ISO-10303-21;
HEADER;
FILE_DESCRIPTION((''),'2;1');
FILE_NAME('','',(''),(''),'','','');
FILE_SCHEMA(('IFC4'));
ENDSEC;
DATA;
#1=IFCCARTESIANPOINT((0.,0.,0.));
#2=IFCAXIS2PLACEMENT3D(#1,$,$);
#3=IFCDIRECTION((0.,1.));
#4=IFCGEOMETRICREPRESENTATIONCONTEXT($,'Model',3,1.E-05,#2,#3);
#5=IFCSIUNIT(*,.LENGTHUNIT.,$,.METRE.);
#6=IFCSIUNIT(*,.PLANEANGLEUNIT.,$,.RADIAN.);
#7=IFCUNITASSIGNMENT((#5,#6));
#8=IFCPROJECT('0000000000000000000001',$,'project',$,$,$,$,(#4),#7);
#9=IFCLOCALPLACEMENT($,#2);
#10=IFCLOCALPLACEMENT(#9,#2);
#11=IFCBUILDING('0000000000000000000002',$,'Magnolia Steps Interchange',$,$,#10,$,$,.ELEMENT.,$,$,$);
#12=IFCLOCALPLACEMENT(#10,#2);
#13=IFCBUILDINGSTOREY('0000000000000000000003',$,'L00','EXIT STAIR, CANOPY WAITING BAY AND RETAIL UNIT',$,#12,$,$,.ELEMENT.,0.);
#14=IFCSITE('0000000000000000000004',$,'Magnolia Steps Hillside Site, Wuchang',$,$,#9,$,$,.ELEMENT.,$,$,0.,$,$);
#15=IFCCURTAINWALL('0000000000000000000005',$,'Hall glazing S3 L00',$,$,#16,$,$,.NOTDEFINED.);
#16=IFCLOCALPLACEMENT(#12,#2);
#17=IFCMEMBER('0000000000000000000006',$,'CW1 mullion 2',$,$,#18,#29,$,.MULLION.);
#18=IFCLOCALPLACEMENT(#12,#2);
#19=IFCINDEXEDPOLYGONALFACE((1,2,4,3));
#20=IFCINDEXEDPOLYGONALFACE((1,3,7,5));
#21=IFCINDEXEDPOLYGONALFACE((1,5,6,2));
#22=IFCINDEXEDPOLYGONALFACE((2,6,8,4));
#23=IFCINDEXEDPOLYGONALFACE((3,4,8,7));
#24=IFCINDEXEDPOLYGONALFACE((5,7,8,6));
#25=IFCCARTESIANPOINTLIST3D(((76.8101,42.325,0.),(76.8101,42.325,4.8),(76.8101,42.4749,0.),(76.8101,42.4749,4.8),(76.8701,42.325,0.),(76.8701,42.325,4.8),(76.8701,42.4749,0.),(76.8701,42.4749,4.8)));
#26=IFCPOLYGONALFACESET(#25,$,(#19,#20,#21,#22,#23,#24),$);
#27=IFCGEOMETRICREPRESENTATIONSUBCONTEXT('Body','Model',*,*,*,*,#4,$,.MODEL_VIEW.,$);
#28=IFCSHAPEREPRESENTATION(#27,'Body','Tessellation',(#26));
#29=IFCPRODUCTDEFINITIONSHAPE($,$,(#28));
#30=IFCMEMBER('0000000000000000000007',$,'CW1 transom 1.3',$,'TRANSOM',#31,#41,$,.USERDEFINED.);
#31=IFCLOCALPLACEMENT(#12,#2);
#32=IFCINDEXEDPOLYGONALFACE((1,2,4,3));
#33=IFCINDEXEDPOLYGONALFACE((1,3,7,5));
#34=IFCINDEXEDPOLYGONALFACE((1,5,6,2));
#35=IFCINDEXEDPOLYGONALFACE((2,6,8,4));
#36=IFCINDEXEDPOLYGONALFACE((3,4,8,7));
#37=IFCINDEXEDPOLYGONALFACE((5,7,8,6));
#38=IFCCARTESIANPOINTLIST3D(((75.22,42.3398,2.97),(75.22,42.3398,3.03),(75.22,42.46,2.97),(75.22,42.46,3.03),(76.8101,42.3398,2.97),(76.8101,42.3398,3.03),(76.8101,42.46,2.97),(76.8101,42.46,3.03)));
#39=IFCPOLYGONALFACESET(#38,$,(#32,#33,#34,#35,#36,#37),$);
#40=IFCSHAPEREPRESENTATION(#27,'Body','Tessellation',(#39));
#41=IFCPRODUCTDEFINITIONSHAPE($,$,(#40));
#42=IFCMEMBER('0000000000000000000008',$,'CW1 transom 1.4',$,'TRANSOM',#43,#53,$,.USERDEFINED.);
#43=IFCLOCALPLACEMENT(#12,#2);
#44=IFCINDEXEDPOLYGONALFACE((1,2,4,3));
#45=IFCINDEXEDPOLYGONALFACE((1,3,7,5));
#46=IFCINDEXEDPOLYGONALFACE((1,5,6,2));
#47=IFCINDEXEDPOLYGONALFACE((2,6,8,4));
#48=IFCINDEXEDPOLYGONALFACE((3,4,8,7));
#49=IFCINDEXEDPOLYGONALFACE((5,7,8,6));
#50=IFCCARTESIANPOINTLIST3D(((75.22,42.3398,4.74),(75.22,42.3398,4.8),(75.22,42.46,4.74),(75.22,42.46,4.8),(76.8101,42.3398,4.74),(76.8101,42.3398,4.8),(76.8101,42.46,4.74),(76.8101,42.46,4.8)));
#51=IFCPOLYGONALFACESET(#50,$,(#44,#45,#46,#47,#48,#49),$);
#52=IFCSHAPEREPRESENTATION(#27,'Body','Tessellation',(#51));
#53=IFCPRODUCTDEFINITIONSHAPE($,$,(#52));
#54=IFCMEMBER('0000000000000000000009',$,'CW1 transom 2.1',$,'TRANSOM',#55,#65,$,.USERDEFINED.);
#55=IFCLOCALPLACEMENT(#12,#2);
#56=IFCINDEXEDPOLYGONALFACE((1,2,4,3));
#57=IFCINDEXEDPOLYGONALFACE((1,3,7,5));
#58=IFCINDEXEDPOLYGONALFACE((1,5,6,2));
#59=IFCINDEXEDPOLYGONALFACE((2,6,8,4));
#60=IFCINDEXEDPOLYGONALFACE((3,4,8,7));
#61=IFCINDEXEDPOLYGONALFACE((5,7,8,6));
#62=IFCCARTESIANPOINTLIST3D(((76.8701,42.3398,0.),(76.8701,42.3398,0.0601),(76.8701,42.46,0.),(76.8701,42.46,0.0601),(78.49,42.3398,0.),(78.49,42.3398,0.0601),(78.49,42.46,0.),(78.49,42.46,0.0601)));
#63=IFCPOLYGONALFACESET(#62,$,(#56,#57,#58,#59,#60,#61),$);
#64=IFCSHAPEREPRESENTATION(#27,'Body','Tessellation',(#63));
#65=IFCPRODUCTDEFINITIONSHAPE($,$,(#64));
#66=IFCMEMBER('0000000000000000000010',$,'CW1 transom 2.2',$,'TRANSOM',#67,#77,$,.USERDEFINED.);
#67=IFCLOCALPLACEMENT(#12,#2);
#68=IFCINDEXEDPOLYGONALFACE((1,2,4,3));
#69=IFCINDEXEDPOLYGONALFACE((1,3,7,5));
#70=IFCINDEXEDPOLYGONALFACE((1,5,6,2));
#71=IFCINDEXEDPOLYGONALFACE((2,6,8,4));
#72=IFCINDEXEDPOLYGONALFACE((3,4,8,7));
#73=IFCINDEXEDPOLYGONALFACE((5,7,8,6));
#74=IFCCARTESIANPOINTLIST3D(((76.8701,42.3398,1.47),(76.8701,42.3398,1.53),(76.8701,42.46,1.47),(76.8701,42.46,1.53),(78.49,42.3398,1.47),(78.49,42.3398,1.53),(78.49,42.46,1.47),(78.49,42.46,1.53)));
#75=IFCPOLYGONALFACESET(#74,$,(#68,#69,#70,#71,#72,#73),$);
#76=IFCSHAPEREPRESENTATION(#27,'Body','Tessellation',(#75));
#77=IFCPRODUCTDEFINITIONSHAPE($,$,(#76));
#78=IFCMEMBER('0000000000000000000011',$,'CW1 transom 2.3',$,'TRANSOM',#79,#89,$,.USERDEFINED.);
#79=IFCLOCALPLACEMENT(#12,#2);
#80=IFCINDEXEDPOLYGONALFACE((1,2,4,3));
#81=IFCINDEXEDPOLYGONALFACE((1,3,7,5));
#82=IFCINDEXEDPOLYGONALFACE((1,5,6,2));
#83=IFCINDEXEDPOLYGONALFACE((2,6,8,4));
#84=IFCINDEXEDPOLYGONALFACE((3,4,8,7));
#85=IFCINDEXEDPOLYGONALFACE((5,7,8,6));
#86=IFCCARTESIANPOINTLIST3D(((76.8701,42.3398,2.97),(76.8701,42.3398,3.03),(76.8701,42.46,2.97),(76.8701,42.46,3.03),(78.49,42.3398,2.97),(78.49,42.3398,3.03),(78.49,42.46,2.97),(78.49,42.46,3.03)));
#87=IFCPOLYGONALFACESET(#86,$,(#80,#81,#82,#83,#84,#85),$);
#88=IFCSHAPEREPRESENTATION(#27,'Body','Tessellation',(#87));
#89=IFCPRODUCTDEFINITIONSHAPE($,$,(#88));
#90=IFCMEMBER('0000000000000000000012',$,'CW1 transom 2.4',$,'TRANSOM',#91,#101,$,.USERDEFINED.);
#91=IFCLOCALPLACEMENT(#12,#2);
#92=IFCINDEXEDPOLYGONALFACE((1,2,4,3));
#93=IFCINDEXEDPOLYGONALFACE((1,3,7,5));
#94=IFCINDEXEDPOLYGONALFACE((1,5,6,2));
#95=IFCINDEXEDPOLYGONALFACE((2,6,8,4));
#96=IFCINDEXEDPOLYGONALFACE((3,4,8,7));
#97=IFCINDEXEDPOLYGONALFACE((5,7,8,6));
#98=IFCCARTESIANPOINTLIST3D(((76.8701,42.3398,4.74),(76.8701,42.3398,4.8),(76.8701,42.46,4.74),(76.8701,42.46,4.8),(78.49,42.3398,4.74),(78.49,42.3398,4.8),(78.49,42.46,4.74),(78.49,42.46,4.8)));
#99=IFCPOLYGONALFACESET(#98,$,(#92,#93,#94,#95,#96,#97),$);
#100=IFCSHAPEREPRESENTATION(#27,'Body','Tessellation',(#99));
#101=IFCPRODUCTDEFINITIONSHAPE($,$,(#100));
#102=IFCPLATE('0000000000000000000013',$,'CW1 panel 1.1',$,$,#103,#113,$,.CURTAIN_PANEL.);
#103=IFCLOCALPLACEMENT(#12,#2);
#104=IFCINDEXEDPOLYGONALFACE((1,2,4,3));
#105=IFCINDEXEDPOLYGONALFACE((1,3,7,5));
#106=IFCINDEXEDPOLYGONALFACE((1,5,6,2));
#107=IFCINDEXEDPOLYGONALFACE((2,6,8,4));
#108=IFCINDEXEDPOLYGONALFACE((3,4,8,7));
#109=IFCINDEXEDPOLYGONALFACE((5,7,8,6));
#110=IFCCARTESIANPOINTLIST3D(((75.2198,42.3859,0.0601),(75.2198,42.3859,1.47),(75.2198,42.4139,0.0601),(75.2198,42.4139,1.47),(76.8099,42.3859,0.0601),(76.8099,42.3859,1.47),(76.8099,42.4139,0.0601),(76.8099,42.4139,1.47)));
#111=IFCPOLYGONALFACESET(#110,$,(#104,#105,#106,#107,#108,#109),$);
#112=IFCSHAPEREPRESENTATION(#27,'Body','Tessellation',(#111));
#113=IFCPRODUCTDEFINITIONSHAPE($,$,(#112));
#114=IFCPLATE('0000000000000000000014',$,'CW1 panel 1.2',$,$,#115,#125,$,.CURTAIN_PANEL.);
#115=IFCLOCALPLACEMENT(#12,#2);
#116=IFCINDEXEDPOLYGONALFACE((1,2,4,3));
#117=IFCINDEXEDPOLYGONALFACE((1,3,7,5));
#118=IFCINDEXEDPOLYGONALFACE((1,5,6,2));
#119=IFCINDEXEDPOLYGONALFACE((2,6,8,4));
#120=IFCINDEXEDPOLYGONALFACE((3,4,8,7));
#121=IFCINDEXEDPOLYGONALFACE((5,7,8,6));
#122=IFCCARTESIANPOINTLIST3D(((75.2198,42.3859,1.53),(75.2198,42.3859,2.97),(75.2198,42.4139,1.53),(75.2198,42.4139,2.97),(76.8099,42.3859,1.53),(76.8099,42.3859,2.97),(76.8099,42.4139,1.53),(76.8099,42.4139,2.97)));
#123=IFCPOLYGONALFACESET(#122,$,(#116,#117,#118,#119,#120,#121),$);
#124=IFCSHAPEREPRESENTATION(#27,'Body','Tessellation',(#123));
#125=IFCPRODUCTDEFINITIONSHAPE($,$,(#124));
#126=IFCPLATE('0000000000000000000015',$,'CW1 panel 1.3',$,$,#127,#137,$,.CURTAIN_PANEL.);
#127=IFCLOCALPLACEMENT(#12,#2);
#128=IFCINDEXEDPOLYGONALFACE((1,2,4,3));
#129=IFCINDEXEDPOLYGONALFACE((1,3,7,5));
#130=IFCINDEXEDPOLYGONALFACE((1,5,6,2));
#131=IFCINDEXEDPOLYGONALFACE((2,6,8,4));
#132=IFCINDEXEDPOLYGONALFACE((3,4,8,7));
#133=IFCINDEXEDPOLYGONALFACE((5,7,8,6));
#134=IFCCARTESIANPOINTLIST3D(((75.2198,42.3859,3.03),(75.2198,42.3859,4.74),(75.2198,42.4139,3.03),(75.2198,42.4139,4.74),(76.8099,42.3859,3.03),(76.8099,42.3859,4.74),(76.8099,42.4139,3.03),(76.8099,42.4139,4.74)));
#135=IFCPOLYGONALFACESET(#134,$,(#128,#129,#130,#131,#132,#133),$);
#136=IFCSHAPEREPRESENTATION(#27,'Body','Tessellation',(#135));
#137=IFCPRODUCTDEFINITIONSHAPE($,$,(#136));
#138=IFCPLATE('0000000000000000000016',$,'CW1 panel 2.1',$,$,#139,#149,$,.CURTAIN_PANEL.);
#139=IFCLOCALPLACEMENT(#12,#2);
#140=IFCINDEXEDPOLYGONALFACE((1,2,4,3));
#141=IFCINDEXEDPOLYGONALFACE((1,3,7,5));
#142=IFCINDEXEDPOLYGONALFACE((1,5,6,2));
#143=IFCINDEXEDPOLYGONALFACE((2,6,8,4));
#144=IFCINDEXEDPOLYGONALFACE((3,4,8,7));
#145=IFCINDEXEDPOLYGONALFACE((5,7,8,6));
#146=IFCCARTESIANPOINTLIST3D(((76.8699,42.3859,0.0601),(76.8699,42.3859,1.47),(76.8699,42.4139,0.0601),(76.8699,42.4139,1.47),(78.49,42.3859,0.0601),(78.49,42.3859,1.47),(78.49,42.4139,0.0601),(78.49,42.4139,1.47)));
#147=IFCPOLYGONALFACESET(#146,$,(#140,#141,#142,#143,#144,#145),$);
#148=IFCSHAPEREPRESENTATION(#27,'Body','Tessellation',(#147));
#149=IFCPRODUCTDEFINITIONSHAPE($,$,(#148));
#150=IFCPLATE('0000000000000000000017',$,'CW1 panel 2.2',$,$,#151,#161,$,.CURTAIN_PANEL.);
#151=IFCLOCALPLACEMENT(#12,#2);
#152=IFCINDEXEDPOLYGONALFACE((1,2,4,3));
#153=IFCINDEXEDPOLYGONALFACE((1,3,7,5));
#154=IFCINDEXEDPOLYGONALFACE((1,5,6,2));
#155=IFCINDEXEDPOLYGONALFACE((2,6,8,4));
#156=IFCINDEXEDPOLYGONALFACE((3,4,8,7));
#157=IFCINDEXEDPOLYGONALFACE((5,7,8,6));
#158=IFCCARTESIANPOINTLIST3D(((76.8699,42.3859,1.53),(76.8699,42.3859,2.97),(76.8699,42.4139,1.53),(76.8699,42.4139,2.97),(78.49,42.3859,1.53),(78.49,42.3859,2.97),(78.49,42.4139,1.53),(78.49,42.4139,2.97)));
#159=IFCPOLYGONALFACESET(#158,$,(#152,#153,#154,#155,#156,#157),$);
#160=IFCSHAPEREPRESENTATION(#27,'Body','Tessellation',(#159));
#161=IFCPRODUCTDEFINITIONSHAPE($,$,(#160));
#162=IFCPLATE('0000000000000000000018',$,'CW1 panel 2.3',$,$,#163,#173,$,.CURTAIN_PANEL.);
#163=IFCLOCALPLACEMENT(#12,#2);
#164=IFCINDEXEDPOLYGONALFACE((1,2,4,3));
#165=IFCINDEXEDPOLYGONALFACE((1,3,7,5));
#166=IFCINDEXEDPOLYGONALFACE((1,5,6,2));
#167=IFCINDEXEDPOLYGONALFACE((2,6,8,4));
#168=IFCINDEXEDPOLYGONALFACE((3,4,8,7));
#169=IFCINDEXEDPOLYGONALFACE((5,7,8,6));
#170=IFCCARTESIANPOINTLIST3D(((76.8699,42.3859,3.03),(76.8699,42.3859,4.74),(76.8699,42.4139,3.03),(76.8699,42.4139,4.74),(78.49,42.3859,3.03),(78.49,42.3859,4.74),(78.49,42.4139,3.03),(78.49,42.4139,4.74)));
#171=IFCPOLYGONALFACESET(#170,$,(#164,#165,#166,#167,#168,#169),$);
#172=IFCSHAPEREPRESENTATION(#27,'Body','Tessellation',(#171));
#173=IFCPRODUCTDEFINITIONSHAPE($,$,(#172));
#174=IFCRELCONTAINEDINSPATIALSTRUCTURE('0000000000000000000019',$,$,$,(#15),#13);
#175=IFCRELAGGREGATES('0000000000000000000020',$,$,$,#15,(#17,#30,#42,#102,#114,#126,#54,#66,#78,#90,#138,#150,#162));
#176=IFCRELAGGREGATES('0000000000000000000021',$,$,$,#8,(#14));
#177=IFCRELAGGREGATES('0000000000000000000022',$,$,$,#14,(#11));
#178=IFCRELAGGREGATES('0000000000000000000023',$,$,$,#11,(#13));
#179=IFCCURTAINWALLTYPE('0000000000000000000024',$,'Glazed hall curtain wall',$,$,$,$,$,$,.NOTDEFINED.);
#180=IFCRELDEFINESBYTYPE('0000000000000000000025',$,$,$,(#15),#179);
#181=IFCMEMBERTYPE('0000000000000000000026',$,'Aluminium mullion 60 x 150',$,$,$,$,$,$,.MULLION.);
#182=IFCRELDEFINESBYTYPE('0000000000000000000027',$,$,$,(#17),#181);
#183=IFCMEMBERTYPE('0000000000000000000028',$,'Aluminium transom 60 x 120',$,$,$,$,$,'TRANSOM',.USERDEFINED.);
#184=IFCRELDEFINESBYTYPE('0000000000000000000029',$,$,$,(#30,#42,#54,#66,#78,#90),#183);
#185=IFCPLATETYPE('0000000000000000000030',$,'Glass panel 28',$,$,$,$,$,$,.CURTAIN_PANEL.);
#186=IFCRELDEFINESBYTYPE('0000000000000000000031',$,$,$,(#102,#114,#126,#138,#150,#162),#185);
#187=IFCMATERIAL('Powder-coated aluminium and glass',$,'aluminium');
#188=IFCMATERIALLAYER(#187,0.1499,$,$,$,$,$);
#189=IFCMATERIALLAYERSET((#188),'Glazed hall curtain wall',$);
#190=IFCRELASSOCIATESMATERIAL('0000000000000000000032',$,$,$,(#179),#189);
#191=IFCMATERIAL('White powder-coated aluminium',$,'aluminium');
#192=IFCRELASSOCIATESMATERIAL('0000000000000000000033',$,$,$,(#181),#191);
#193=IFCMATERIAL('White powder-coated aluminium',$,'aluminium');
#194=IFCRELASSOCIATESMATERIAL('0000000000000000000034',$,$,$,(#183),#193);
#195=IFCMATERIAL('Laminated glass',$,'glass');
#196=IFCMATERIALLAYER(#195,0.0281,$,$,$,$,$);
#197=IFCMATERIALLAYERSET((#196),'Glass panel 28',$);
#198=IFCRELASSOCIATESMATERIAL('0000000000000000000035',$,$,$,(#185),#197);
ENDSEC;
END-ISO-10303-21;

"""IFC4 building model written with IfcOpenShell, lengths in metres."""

from ifc_helpers import new_model, si_unit, direction, frame, origin, origin_2d, place, context, subcontext, project, spatial, rectangle, extrude, material, layer, layer_set, material_profile, profile_set, type_object, element, aggregate, save


model = new_model("IFC4")

# Units and contexts
model_context = context("Model", 3, precision=1e-05, world=origin(), true_north=direction((0.0, 1.0)))
body_context = subcontext(model_context, "Body", "Model", "MODEL_VIEW")
ifc_project = project(units=[si_unit("LENGTHUNIT", "METRE"), si_unit("PLANEANGLEUNIT", "RADIAN")], contexts=[model_context])

# Site, building, storey
site_placement = place(None, origin())
site = spatial("IfcSite", under=ifc_project, at=site_placement, Name="Magnolia Steps Hillside Site, Wuchang", CompositionType="ELEMENT", RefElevation=0.0)
building_placement = place(site_placement, origin())
building = spatial("IfcBuilding", under=site, at=building_placement, Name="Magnolia Steps Interchange", CompositionType="ELEMENT")
storey_placement = place(building_placement, origin())
storey = spatial("IfcBuildingStorey", under=building, at=storey_placement, Name="L00", Description="EXIT STAIR, CANOPY WAITING BAY AND RETAIL UNIT", CompositionType="ELEMENT", Elevation=0.0)

# Curtain wall, members, plates
ifc_material_1 = material(Name="Powder-coated aluminium and glass", Category="aluminium")
ifc_layer_1 = layer(ifc_material_1, 0.1499)
ifc_layer_set_1 = layer_set([ifc_layer_1], Name="Glazed hall curtain wall")
curtain_wall_type = type_object("IfcCurtainWallType", Name="Glazed hall curtain wall", PredefinedType="NOTDEFINED", material=ifc_layer_set_1)
curtain_wall_placement = place(storey_placement, origin())
curtain_wall = element("IfcCurtainWall", 1, at=curtain_wall_placement, inside=storey, type_object=curtain_wall_type, Name="Hall glazing S3 L00", PredefinedType="NOTDEFINED")
ifc_material_2 = material(Name="White powder-coated aluminium", Category="aluminium")
ifc_material_profile_1 = material_profile(ifc_material_2, rectangle(XDim=0.0601, YDim=0.1499, at=origin_2d()), Name="Aluminium mullion 60 x 150")
ifc_profile_set_1 = profile_set([ifc_material_profile_1], Name="White powder-coated aluminium")
member_type_1 = type_object("IfcMemberType", Name="Aluminium mullion 60 x 150", PredefinedType="MULLION", material=ifc_profile_set_1)
member_1_placement = place(storey_placement, frame((76.8401, 42.3999, 0.0), z_axis=(0.0, 0.0, 1.0), x_axis=(1.0, 0.0, 0.0)))
member_1 = element("IfcMember", 2, at=member_1_placement, type_object=member_type_1, Name="CW1 mullion 2", PredefinedType="MULLION", context=body_context, shape_type="SweptSolid", body=[
    extrude(rectangle(XDim=0.0601, YDim=0.1499, at=origin_2d()), origin(), (0.0, 0.0, 1.0), 4.8),
])
ifc_material_3 = material(Name="White powder-coated aluminium", Category="aluminium")
ifc_material_profile_2 = material_profile(ifc_material_3, rectangle(XDim=0.0601, YDim=0.1201, at=origin_2d()), Name="Aluminium transom 60 x 120")
ifc_profile_set_2 = profile_set([ifc_material_profile_2], Name="White powder-coated aluminium")
member_type_2 = type_object("IfcMemberType", Name="Aluminium transom 60 x 120", ElementType="TRANSOM", PredefinedType="USERDEFINED", material=ifc_profile_set_2)
member_2_placement = place(storey_placement, frame((75.22, 42.3999, 3.0), z_axis=(1.0, 0.0, 0.0), x_axis=(0.0, 0.0, 1.0)))
member_2 = element("IfcMember", 3, at=member_2_placement, type_object=member_type_2, Name="CW1 transom 1.3", ObjectType="TRANSOM", PredefinedType="USERDEFINED", context=body_context, shape_type="SweptSolid", body=[
    extrude(rectangle(XDim=0.0601, YDim=0.1201, at=origin_2d()), origin(), (0.0, 0.0, 1.0), 1.5901),
])
member_3_placement = place(storey_placement, frame((75.22, 42.3999, 4.77), z_axis=(1.0, 0.0, 0.0), x_axis=(0.0, 0.0, 1.0)))
member_3 = element("IfcMember", 4, at=member_3_placement, type_object=member_type_2, Name="CW1 transom 1.4", ObjectType="TRANSOM", PredefinedType="USERDEFINED", context=body_context, shape_type="SweptSolid", body=[
    extrude(rectangle(XDim=0.0601, YDim=0.1201, at=origin_2d()), origin(), (0.0, 0.0, 1.0), 1.5901),
])
member_4_placement = place(storey_placement, frame((76.8701, 42.3999, 0.03), z_axis=(1.0, 0.0, 0.0), x_axis=(0.0, 0.0, 1.0)))
member_4 = element("IfcMember", 5, at=member_4_placement, type_object=member_type_2, Name="CW1 transom 2.1", ObjectType="TRANSOM", PredefinedType="USERDEFINED", context=body_context, shape_type="SweptSolid", body=[
    extrude(rectangle(XDim=0.0601, YDim=0.1201, at=origin_2d()), origin(), (0.0, 0.0, 1.0), 1.6199),
])
member_5_placement = place(storey_placement, frame((76.8701, 42.3999, 1.5), z_axis=(1.0, 0.0, 0.0), x_axis=(0.0, 0.0, 1.0)))
member_5 = element("IfcMember", 6, at=member_5_placement, type_object=member_type_2, Name="CW1 transom 2.2", ObjectType="TRANSOM", PredefinedType="USERDEFINED", context=body_context, shape_type="SweptSolid", body=[
    extrude(rectangle(XDim=0.0601, YDim=0.1201, at=origin_2d()), origin(), (0.0, 0.0, 1.0), 1.6199),
])
member_6_placement = place(storey_placement, frame((76.8701, 42.3999, 3.0), z_axis=(1.0, 0.0, 0.0), x_axis=(0.0, 0.0, 1.0)))
member_6 = element("IfcMember", 7, at=member_6_placement, type_object=member_type_2, Name="CW1 transom 2.3", ObjectType="TRANSOM", PredefinedType="USERDEFINED", context=body_context, shape_type="SweptSolid", body=[
    extrude(rectangle(XDim=0.0601, YDim=0.1201, at=origin_2d()), origin(), (0.0, 0.0, 1.0), 1.6199),
])
member_7_placement = place(storey_placement, frame((76.8701, 42.3999, 4.77), z_axis=(1.0, 0.0, 0.0), x_axis=(0.0, 0.0, 1.0)))
member_7 = element("IfcMember", 8, at=member_7_placement, type_object=member_type_2, Name="CW1 transom 2.4", ObjectType="TRANSOM", PredefinedType="USERDEFINED", context=body_context, shape_type="SweptSolid", body=[
    extrude(rectangle(XDim=0.0601, YDim=0.1201, at=origin_2d()), origin(), (0.0, 0.0, 1.0), 1.6199),
])
ifc_material_4 = material(Name="Laminated glass", Category="glass")
ifc_layer_2 = layer(ifc_material_4, 0.0281)
ifc_layer_set_2 = layer_set([ifc_layer_2], Name="Glass panel 28")
plate_type = type_object("IfcPlateType", Name="Glass panel 28", PredefinedType="CURTAIN_PANEL", material=ifc_layer_set_2)
plate_1_placement = place(storey_placement, frame((76.0149, 42.3999, 0.0601), z_axis=(0.0, 0.0, 1.0), x_axis=(1.0, 0.0, 0.0)))
plate_1 = element("IfcPlate", 9, at=plate_1_placement, type_object=plate_type, Name="CW1 panel 1.1", PredefinedType="CURTAIN_PANEL", context=body_context, shape_type="SweptSolid", body=[
    extrude(rectangle(XDim=1.5901, YDim=0.0281, at=origin_2d()), origin(), (0.0, 0.0, 1.0), 1.4099),
])
plate_2_placement = place(storey_placement, frame((76.0149, 42.3999, 1.53), z_axis=(0.0, 0.0, 1.0), x_axis=(1.0, 0.0, 0.0)))
plate_2 = element("IfcPlate", 10, at=plate_2_placement, type_object=plate_type, Name="CW1 panel 1.2", PredefinedType="CURTAIN_PANEL", context=body_context, shape_type="SweptSolid", body=[
    extrude(rectangle(XDim=1.5901, YDim=0.0281, at=origin_2d()), origin(), (0.0, 0.0, 1.0), 1.4399),
])
plate_3_placement = place(storey_placement, frame((76.0149, 42.3999, 3.03), z_axis=(0.0, 0.0, 1.0), x_axis=(1.0, 0.0, 0.0)))
plate_3 = element("IfcPlate", 11, at=plate_3_placement, type_object=plate_type, Name="CW1 panel 1.3", PredefinedType="CURTAIN_PANEL", context=body_context, shape_type="SweptSolid", body=[
    extrude(rectangle(XDim=1.5901, YDim=0.0281, at=origin_2d()), origin(), (0.0, 0.0, 1.0), 1.71),
])
plate_4_placement = place(storey_placement, frame((77.6799, 42.3999, 0.0601), z_axis=(0.0, 0.0, 1.0), x_axis=(1.0, 0.0, 0.0)))
plate_4 = element("IfcPlate", 12, at=plate_4_placement, type_object=plate_type, Name="CW1 panel 2.1", PredefinedType="CURTAIN_PANEL", context=body_context, shape_type="SweptSolid", body=[
    extrude(rectangle(XDim=1.6201, YDim=0.0281, at=origin_2d()), origin(), (0.0, 0.0, 1.0), 1.4099),
])
plate_5_placement = place(storey_placement, frame((77.6799, 42.3999, 1.53), z_axis=(0.0, 0.0, 1.0), x_axis=(1.0, 0.0, 0.0)))
plate_5 = element("IfcPlate", 13, at=plate_5_placement, type_object=plate_type, Name="CW1 panel 2.2", PredefinedType="CURTAIN_PANEL", context=body_context, shape_type="SweptSolid", body=[
    extrude(rectangle(XDim=1.6201, YDim=0.0281, at=origin_2d()), origin(), (0.0, 0.0, 1.0), 1.4399),
])
plate_6_placement = place(storey_placement, frame((77.6799, 42.3999, 3.03), z_axis=(0.0, 0.0, 1.0), x_axis=(1.0, 0.0, 0.0)))
plate_6 = element("IfcPlate", 14, at=plate_6_placement, type_object=plate_type, Name="CW1 panel 2.3", PredefinedType="CURTAIN_PANEL", context=body_context, shape_type="SweptSolid", body=[
    extrude(rectangle(XDim=1.6201, YDim=0.0281, at=origin_2d()), origin(), (0.0, 0.0, 1.0), 1.71),
])
aggregate(curtain_wall, [member_1, member_2, member_3, plate_1, plate_2, plate_3, member_4, member_5, member_6, member_7, plate_4, plate_5, plate_6])

save(model, "model.ifc")
